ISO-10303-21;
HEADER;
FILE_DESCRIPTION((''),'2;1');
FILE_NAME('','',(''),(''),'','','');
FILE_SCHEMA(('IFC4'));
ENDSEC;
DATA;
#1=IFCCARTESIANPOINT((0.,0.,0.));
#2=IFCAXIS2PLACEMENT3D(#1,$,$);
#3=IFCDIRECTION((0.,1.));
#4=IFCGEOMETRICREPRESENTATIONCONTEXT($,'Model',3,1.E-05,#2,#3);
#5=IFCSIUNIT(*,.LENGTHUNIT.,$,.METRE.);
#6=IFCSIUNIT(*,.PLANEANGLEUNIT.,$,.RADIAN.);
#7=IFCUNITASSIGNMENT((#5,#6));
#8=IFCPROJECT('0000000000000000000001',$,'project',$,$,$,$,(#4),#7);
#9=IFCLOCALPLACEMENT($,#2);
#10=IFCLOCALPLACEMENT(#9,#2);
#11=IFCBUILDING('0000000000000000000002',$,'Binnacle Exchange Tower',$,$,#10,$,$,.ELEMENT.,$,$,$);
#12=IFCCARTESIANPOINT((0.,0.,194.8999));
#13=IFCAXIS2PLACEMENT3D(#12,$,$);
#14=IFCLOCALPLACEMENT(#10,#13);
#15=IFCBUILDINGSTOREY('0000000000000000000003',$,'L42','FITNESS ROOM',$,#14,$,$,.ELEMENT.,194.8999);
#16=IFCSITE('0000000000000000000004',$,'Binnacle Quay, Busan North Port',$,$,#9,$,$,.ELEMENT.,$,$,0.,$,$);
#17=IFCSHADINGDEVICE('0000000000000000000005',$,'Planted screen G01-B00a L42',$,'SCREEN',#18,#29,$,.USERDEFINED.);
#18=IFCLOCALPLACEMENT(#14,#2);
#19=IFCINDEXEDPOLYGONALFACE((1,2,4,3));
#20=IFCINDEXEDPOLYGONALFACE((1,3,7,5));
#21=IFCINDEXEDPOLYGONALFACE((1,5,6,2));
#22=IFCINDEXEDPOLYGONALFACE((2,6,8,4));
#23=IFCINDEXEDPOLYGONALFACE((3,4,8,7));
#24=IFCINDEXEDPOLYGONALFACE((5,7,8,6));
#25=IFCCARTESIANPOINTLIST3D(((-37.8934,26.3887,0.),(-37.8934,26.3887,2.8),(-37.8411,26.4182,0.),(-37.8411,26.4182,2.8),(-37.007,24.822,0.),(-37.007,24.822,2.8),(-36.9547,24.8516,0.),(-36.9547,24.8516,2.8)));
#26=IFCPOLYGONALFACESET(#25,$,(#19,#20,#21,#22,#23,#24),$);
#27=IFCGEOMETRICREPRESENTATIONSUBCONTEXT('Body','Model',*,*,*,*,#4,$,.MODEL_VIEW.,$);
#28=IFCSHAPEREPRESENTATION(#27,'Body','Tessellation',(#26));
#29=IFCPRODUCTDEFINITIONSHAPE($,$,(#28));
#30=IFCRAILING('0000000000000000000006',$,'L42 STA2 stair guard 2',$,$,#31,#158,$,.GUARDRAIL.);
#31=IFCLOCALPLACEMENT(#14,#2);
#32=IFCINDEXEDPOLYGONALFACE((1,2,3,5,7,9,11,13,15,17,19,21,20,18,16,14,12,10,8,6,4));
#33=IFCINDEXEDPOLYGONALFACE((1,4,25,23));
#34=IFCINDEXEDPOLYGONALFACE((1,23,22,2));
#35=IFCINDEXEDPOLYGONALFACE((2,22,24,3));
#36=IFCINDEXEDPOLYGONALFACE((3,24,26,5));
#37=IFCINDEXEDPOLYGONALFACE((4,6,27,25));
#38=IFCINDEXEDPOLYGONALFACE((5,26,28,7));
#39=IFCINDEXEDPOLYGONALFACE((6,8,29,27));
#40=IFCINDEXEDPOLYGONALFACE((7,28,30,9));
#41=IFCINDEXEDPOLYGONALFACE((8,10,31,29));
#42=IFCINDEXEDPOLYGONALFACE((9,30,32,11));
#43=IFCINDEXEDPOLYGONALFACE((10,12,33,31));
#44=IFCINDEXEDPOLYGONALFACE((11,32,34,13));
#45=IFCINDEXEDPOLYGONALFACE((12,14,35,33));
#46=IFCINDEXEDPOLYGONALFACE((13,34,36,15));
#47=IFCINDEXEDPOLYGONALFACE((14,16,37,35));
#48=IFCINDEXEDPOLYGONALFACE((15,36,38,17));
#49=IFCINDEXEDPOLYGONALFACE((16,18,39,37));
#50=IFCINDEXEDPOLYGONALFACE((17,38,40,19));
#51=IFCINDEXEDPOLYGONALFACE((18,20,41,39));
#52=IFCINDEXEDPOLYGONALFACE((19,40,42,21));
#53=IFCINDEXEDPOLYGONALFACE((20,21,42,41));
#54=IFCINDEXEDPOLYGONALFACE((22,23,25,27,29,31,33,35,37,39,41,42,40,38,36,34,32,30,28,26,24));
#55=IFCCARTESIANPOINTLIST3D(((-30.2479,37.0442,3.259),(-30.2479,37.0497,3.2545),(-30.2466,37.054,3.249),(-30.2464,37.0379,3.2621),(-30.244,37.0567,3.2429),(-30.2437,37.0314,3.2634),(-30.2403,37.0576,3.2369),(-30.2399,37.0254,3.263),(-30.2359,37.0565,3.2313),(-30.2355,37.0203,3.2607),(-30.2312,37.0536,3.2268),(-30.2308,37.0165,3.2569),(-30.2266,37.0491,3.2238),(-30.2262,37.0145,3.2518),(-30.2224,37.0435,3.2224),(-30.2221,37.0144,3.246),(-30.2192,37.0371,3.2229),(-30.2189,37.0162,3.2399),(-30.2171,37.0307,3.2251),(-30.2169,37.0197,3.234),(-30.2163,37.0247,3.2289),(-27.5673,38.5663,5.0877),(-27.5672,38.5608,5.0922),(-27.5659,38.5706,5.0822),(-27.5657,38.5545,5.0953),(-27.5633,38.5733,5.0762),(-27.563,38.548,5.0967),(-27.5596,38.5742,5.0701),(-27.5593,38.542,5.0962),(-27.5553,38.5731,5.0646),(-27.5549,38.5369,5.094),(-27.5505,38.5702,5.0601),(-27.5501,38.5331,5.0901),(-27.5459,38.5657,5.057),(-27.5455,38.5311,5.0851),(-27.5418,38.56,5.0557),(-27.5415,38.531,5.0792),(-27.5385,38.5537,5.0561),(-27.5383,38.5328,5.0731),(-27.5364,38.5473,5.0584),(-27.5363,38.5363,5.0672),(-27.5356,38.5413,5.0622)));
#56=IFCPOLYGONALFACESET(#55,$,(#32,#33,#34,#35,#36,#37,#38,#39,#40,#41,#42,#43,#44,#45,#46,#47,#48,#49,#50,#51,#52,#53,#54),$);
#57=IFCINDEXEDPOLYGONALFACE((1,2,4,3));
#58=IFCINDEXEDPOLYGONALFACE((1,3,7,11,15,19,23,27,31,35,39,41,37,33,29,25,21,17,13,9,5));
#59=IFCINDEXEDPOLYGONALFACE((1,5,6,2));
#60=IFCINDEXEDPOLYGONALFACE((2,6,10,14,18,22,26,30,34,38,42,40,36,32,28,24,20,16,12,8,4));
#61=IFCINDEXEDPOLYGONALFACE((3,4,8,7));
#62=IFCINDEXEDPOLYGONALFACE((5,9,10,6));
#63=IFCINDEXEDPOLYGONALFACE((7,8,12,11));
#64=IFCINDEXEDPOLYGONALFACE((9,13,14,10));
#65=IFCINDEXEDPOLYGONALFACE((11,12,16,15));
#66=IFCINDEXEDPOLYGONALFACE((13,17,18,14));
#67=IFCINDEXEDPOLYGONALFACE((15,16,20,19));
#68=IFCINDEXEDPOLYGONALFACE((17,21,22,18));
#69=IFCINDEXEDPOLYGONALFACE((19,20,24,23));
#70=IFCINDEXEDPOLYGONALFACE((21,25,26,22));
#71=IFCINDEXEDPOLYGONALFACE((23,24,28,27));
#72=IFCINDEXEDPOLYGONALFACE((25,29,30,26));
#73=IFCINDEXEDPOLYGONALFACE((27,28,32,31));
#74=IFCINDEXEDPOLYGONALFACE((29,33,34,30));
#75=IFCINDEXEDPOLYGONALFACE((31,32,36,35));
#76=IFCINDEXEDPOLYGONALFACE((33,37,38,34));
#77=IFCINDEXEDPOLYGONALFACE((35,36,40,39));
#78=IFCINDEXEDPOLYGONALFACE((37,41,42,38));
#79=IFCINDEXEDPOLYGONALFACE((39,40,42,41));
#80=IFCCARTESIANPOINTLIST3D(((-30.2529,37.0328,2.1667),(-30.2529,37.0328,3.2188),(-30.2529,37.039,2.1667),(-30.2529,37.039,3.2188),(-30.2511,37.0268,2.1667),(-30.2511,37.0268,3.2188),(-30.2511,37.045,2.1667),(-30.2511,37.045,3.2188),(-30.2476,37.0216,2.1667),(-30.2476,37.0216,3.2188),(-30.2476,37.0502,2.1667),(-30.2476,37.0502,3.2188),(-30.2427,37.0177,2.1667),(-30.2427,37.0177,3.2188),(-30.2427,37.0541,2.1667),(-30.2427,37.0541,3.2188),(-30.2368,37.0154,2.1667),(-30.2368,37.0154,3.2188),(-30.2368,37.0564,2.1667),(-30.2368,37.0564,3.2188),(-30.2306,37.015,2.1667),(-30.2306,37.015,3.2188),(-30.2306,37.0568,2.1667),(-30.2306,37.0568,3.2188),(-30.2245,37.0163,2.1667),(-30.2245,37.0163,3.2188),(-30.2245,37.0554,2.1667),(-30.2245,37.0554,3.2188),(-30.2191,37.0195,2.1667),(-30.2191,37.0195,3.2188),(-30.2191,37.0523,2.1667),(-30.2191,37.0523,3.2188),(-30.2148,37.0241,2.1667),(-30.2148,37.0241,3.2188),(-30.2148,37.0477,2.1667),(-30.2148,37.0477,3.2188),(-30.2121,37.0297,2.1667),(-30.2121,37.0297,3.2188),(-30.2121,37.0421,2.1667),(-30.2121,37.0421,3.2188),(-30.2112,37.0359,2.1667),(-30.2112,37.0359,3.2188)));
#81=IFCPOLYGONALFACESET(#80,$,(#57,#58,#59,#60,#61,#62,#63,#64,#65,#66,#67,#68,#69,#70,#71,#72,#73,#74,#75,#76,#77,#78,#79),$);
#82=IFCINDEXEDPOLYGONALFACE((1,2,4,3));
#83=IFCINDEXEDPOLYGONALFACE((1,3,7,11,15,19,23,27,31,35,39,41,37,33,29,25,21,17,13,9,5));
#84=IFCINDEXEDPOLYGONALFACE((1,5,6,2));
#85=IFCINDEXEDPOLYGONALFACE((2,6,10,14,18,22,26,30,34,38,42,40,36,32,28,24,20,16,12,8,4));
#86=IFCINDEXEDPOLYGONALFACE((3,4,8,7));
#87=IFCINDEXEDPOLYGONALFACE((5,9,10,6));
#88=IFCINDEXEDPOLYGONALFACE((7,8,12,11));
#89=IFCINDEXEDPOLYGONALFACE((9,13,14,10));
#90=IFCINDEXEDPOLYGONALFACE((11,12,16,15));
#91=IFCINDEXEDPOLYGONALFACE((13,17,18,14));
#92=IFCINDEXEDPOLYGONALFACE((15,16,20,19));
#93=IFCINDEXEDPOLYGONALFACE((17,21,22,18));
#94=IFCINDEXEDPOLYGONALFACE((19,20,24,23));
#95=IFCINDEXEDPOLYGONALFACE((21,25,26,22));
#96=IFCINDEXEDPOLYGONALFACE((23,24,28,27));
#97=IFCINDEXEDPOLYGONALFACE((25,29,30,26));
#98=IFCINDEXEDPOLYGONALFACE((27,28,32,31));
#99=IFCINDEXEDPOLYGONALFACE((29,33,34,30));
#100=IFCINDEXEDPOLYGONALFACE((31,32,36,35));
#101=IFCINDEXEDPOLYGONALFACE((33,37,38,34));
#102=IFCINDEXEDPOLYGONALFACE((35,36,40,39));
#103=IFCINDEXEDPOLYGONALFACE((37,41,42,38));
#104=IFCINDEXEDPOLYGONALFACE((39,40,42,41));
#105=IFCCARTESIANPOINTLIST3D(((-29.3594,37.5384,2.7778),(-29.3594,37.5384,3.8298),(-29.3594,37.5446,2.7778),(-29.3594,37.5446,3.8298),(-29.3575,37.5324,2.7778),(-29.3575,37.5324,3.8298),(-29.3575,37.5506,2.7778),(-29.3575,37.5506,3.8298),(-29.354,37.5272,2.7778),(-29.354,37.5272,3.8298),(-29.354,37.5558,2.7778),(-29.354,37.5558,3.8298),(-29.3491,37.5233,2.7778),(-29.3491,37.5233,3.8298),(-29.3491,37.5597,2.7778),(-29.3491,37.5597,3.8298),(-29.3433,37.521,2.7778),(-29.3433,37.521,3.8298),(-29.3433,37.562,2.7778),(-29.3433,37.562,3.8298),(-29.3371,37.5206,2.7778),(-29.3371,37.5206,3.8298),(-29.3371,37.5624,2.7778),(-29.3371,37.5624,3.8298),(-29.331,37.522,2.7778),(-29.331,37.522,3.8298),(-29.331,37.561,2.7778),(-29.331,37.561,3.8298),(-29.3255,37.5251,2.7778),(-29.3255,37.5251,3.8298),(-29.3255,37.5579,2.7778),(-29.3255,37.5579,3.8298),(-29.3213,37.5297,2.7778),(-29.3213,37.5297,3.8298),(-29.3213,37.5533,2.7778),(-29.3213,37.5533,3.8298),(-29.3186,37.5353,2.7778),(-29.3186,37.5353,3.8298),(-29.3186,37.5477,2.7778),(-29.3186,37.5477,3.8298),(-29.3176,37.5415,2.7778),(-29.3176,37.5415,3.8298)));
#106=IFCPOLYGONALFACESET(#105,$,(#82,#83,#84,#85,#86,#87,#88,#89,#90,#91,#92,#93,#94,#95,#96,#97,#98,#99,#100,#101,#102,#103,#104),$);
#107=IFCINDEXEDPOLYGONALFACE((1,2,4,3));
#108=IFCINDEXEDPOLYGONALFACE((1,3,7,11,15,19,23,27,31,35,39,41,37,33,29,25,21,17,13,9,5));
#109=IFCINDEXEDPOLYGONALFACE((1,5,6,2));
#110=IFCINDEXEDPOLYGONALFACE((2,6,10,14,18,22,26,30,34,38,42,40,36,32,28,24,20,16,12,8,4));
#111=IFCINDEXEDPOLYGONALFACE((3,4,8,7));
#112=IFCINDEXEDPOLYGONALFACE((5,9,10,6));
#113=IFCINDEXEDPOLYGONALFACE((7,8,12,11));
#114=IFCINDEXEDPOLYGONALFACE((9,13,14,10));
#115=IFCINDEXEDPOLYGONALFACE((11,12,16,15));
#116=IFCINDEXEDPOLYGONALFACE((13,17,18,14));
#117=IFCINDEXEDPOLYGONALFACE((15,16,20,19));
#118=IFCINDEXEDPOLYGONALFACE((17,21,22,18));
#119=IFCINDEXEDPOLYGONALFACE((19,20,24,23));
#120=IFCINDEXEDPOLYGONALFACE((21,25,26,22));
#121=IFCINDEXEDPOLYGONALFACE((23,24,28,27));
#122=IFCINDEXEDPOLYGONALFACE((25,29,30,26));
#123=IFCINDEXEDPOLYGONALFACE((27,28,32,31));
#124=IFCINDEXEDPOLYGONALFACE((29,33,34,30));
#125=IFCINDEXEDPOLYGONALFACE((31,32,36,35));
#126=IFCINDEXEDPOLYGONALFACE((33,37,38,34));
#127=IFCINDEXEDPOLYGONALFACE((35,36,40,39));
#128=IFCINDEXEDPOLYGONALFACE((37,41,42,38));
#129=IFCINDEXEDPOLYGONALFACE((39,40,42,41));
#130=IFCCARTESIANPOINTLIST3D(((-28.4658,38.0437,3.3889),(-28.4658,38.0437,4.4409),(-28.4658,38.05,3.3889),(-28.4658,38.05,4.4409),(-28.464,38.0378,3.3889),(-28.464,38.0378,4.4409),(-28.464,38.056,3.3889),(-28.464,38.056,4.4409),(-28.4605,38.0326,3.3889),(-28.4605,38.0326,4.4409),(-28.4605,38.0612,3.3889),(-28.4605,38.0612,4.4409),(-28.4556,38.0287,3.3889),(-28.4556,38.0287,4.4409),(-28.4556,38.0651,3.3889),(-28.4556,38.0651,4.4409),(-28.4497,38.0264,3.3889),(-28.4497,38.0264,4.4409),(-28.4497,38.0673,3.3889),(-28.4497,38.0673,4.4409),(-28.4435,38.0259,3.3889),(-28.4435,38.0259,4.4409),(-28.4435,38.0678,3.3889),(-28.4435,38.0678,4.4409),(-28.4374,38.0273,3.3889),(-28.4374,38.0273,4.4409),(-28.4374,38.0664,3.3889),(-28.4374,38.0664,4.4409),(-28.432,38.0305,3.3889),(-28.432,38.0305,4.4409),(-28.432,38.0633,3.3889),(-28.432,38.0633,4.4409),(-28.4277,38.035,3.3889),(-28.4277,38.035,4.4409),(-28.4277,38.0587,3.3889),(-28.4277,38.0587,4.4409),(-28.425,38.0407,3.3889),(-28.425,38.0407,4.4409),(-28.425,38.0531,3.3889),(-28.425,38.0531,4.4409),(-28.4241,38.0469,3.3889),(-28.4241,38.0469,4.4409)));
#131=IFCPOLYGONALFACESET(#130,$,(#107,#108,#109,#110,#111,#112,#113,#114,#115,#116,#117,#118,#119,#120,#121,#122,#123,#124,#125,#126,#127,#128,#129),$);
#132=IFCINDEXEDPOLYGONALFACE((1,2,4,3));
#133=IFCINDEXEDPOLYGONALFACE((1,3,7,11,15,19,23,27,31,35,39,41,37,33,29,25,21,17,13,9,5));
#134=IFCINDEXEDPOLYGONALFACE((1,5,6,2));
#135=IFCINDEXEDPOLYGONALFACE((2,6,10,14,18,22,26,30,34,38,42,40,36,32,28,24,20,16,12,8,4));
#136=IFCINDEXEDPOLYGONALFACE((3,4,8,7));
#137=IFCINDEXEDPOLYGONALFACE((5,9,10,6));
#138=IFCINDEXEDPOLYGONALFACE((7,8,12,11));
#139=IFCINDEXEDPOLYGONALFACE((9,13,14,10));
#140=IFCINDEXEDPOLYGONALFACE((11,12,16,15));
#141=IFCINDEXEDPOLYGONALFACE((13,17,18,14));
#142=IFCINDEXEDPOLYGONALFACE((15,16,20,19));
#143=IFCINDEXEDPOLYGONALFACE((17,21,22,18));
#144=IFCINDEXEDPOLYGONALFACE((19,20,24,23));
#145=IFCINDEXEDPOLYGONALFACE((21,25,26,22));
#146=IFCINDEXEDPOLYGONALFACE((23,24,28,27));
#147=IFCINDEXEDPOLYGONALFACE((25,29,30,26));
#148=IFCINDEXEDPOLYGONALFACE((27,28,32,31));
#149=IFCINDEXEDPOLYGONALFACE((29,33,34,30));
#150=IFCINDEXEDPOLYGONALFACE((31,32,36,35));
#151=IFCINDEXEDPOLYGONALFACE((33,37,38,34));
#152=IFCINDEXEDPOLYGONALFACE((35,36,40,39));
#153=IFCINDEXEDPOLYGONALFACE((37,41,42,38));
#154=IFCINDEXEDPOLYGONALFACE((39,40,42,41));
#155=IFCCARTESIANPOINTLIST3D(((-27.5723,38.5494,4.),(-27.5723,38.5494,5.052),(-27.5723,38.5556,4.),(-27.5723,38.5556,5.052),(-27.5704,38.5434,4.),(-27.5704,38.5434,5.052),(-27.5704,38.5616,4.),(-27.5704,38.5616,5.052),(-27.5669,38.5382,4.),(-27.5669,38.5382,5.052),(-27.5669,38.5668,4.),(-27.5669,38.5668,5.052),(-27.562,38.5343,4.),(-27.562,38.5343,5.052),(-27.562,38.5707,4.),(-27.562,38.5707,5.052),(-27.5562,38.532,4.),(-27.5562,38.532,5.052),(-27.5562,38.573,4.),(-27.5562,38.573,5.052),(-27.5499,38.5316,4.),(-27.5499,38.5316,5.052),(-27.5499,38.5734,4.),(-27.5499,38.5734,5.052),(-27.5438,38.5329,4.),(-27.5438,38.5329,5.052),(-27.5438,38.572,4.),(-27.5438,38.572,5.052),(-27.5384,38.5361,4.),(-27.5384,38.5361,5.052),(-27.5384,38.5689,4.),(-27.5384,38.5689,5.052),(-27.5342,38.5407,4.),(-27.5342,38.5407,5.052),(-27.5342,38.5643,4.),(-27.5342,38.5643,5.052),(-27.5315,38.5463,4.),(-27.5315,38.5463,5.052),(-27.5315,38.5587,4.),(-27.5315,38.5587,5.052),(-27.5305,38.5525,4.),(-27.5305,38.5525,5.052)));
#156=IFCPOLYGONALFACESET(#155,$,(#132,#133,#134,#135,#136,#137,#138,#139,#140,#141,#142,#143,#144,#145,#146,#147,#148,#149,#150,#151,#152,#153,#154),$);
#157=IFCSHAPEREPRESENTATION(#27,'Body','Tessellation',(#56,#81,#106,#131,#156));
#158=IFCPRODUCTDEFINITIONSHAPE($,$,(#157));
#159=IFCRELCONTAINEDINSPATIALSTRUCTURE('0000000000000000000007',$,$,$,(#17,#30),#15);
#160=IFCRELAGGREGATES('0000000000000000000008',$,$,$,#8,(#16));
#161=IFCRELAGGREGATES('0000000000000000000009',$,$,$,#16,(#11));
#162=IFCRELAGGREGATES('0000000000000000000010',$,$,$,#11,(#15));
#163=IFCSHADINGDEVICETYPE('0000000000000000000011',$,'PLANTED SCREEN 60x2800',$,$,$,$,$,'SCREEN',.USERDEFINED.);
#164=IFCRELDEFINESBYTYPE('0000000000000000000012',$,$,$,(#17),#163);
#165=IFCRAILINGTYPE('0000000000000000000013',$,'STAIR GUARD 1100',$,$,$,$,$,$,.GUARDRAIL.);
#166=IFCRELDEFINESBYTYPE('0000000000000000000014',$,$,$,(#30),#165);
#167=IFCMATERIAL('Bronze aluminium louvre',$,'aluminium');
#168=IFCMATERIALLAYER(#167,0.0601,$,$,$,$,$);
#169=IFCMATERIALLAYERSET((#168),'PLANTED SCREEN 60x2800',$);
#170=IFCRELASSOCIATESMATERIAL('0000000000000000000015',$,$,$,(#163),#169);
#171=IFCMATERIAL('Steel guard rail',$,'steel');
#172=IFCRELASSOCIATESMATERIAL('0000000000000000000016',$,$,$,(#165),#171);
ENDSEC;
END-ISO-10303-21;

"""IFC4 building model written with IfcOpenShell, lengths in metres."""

from ifc_helpers import new_model, si_unit, direction, frame, origin, origin_2d, place, context, subcontext, project, spatial, rectangle, circle, extrude, material, layer, layer_set, type_object, element, save


model = new_model("IFC4")

# Units and contexts
model_context = context("Model", 3, precision=1e-05, world=origin(), true_north=direction((0.0, 1.0)))
body_context = subcontext(model_context, "Body", "Model", "MODEL_VIEW")
ifc_project = project(units=[si_unit("LENGTHUNIT", "METRE"), si_unit("PLANEANGLEUNIT", "RADIAN")], contexts=[model_context])

# Site, building, storey
site_placement = place(None, origin())
site = spatial("IfcSite", under=ifc_project, at=site_placement, Name="Binnacle Quay, Busan North Port", CompositionType="ELEMENT", RefElevation=0.0)
building_placement = place(site_placement, origin())
building = spatial("IfcBuilding", under=site, at=building_placement, Name="Binnacle Exchange Tower", CompositionType="ELEMENT")
storey_placement = place(building_placement, frame((0.0, 0.0, 194.8999)))
storey = spatial("IfcBuildingStorey", under=building, at=storey_placement, Name="L42", Description="FITNESS ROOM", CompositionType="ELEMENT", Elevation=194.8999)

# Shading device
ifc_material_1 = material(Name="Bronze aluminium louvre", Category="aluminium")
ifc_layer_1 = layer(ifc_material_1, 0.0601)
ifc_layer_set_1 = layer_set([ifc_layer_1], Name="PLANTED SCREEN 60x2800")
shading_device_type = type_object("IfcShadingDeviceType", Name="PLANTED SCREEN 60x2800", ElementType="SCREEN", PredefinedType="USERDEFINED", material=ifc_layer_set_1)
shading_device_placement = place(storey_placement, frame((-37.4241, 25.6201, 0.0), z_axis=(0.0, 0.0, 1.0), x_axis=(0.870356, 0.492424, 0.0)))
element("IfcShadingDevice", 1, at=shading_device_placement, inside=storey, type_object=shading_device_type, Name="Planted screen G01-B00a L42", ObjectType="SCREEN", PredefinedType="USERDEFINED", context=body_context, shape_type="SweptSolid", body=[
    extrude(rectangle(XDim=0.0601, YDim=1.8, at=origin_2d()), origin(), (0.0, 0.0, 1.0), 2.8),
])

# Railing
ifc_material_2 = material(Name="Steel guard rail", Category="steel")
railing_type_1 = type_object("IfcRailingType", Name="STAIR GUARD 1100", PredefinedType="GUARDRAIL", material=ifc_material_2)
railing_1_placement = place(storey_placement, frame((-30.2322, 37.0359, 2.1667)))
element("IfcRailing", 2, at=railing_1_placement, inside=storey, type_object=railing_type_1, Name="L42 STA2 stair guard 2", PredefinedType="GUARDRAIL", context=body_context, shape_type="SweptSolid", body=[
    extrude(circle(Radius=0.0239, at=origin_2d()), frame((0.0, 0.0, 1.0762), z_axis=(0.747901, 0.423129, 0.511474), x_axis=(-0.492412, 0.870362, 0.0)), (0.0, 0.0, 1.0), 3.5842),
    extrude(circle(Radius=0.021, at=origin_2d()), origin(), (0.0, 0.0, 1.0), 1.052),
    extrude(circle(Radius=0.021, at=origin_2d()), frame((0.8936, 0.5056, 0.6111)), (0.0, 0.0, 1.0), 1.052),
    extrude(circle(Radius=0.021, at=origin_2d()), frame((1.7871, 1.011, 1.2222)), (0.0, 0.0, 1.0), 1.052),
    extrude(circle(Radius=0.021, at=origin_2d()), frame((2.6807, 1.5166, 1.8333)), (0.0, 0.0, 1.0), 1.052),
])

save(model, "model.ifc")
